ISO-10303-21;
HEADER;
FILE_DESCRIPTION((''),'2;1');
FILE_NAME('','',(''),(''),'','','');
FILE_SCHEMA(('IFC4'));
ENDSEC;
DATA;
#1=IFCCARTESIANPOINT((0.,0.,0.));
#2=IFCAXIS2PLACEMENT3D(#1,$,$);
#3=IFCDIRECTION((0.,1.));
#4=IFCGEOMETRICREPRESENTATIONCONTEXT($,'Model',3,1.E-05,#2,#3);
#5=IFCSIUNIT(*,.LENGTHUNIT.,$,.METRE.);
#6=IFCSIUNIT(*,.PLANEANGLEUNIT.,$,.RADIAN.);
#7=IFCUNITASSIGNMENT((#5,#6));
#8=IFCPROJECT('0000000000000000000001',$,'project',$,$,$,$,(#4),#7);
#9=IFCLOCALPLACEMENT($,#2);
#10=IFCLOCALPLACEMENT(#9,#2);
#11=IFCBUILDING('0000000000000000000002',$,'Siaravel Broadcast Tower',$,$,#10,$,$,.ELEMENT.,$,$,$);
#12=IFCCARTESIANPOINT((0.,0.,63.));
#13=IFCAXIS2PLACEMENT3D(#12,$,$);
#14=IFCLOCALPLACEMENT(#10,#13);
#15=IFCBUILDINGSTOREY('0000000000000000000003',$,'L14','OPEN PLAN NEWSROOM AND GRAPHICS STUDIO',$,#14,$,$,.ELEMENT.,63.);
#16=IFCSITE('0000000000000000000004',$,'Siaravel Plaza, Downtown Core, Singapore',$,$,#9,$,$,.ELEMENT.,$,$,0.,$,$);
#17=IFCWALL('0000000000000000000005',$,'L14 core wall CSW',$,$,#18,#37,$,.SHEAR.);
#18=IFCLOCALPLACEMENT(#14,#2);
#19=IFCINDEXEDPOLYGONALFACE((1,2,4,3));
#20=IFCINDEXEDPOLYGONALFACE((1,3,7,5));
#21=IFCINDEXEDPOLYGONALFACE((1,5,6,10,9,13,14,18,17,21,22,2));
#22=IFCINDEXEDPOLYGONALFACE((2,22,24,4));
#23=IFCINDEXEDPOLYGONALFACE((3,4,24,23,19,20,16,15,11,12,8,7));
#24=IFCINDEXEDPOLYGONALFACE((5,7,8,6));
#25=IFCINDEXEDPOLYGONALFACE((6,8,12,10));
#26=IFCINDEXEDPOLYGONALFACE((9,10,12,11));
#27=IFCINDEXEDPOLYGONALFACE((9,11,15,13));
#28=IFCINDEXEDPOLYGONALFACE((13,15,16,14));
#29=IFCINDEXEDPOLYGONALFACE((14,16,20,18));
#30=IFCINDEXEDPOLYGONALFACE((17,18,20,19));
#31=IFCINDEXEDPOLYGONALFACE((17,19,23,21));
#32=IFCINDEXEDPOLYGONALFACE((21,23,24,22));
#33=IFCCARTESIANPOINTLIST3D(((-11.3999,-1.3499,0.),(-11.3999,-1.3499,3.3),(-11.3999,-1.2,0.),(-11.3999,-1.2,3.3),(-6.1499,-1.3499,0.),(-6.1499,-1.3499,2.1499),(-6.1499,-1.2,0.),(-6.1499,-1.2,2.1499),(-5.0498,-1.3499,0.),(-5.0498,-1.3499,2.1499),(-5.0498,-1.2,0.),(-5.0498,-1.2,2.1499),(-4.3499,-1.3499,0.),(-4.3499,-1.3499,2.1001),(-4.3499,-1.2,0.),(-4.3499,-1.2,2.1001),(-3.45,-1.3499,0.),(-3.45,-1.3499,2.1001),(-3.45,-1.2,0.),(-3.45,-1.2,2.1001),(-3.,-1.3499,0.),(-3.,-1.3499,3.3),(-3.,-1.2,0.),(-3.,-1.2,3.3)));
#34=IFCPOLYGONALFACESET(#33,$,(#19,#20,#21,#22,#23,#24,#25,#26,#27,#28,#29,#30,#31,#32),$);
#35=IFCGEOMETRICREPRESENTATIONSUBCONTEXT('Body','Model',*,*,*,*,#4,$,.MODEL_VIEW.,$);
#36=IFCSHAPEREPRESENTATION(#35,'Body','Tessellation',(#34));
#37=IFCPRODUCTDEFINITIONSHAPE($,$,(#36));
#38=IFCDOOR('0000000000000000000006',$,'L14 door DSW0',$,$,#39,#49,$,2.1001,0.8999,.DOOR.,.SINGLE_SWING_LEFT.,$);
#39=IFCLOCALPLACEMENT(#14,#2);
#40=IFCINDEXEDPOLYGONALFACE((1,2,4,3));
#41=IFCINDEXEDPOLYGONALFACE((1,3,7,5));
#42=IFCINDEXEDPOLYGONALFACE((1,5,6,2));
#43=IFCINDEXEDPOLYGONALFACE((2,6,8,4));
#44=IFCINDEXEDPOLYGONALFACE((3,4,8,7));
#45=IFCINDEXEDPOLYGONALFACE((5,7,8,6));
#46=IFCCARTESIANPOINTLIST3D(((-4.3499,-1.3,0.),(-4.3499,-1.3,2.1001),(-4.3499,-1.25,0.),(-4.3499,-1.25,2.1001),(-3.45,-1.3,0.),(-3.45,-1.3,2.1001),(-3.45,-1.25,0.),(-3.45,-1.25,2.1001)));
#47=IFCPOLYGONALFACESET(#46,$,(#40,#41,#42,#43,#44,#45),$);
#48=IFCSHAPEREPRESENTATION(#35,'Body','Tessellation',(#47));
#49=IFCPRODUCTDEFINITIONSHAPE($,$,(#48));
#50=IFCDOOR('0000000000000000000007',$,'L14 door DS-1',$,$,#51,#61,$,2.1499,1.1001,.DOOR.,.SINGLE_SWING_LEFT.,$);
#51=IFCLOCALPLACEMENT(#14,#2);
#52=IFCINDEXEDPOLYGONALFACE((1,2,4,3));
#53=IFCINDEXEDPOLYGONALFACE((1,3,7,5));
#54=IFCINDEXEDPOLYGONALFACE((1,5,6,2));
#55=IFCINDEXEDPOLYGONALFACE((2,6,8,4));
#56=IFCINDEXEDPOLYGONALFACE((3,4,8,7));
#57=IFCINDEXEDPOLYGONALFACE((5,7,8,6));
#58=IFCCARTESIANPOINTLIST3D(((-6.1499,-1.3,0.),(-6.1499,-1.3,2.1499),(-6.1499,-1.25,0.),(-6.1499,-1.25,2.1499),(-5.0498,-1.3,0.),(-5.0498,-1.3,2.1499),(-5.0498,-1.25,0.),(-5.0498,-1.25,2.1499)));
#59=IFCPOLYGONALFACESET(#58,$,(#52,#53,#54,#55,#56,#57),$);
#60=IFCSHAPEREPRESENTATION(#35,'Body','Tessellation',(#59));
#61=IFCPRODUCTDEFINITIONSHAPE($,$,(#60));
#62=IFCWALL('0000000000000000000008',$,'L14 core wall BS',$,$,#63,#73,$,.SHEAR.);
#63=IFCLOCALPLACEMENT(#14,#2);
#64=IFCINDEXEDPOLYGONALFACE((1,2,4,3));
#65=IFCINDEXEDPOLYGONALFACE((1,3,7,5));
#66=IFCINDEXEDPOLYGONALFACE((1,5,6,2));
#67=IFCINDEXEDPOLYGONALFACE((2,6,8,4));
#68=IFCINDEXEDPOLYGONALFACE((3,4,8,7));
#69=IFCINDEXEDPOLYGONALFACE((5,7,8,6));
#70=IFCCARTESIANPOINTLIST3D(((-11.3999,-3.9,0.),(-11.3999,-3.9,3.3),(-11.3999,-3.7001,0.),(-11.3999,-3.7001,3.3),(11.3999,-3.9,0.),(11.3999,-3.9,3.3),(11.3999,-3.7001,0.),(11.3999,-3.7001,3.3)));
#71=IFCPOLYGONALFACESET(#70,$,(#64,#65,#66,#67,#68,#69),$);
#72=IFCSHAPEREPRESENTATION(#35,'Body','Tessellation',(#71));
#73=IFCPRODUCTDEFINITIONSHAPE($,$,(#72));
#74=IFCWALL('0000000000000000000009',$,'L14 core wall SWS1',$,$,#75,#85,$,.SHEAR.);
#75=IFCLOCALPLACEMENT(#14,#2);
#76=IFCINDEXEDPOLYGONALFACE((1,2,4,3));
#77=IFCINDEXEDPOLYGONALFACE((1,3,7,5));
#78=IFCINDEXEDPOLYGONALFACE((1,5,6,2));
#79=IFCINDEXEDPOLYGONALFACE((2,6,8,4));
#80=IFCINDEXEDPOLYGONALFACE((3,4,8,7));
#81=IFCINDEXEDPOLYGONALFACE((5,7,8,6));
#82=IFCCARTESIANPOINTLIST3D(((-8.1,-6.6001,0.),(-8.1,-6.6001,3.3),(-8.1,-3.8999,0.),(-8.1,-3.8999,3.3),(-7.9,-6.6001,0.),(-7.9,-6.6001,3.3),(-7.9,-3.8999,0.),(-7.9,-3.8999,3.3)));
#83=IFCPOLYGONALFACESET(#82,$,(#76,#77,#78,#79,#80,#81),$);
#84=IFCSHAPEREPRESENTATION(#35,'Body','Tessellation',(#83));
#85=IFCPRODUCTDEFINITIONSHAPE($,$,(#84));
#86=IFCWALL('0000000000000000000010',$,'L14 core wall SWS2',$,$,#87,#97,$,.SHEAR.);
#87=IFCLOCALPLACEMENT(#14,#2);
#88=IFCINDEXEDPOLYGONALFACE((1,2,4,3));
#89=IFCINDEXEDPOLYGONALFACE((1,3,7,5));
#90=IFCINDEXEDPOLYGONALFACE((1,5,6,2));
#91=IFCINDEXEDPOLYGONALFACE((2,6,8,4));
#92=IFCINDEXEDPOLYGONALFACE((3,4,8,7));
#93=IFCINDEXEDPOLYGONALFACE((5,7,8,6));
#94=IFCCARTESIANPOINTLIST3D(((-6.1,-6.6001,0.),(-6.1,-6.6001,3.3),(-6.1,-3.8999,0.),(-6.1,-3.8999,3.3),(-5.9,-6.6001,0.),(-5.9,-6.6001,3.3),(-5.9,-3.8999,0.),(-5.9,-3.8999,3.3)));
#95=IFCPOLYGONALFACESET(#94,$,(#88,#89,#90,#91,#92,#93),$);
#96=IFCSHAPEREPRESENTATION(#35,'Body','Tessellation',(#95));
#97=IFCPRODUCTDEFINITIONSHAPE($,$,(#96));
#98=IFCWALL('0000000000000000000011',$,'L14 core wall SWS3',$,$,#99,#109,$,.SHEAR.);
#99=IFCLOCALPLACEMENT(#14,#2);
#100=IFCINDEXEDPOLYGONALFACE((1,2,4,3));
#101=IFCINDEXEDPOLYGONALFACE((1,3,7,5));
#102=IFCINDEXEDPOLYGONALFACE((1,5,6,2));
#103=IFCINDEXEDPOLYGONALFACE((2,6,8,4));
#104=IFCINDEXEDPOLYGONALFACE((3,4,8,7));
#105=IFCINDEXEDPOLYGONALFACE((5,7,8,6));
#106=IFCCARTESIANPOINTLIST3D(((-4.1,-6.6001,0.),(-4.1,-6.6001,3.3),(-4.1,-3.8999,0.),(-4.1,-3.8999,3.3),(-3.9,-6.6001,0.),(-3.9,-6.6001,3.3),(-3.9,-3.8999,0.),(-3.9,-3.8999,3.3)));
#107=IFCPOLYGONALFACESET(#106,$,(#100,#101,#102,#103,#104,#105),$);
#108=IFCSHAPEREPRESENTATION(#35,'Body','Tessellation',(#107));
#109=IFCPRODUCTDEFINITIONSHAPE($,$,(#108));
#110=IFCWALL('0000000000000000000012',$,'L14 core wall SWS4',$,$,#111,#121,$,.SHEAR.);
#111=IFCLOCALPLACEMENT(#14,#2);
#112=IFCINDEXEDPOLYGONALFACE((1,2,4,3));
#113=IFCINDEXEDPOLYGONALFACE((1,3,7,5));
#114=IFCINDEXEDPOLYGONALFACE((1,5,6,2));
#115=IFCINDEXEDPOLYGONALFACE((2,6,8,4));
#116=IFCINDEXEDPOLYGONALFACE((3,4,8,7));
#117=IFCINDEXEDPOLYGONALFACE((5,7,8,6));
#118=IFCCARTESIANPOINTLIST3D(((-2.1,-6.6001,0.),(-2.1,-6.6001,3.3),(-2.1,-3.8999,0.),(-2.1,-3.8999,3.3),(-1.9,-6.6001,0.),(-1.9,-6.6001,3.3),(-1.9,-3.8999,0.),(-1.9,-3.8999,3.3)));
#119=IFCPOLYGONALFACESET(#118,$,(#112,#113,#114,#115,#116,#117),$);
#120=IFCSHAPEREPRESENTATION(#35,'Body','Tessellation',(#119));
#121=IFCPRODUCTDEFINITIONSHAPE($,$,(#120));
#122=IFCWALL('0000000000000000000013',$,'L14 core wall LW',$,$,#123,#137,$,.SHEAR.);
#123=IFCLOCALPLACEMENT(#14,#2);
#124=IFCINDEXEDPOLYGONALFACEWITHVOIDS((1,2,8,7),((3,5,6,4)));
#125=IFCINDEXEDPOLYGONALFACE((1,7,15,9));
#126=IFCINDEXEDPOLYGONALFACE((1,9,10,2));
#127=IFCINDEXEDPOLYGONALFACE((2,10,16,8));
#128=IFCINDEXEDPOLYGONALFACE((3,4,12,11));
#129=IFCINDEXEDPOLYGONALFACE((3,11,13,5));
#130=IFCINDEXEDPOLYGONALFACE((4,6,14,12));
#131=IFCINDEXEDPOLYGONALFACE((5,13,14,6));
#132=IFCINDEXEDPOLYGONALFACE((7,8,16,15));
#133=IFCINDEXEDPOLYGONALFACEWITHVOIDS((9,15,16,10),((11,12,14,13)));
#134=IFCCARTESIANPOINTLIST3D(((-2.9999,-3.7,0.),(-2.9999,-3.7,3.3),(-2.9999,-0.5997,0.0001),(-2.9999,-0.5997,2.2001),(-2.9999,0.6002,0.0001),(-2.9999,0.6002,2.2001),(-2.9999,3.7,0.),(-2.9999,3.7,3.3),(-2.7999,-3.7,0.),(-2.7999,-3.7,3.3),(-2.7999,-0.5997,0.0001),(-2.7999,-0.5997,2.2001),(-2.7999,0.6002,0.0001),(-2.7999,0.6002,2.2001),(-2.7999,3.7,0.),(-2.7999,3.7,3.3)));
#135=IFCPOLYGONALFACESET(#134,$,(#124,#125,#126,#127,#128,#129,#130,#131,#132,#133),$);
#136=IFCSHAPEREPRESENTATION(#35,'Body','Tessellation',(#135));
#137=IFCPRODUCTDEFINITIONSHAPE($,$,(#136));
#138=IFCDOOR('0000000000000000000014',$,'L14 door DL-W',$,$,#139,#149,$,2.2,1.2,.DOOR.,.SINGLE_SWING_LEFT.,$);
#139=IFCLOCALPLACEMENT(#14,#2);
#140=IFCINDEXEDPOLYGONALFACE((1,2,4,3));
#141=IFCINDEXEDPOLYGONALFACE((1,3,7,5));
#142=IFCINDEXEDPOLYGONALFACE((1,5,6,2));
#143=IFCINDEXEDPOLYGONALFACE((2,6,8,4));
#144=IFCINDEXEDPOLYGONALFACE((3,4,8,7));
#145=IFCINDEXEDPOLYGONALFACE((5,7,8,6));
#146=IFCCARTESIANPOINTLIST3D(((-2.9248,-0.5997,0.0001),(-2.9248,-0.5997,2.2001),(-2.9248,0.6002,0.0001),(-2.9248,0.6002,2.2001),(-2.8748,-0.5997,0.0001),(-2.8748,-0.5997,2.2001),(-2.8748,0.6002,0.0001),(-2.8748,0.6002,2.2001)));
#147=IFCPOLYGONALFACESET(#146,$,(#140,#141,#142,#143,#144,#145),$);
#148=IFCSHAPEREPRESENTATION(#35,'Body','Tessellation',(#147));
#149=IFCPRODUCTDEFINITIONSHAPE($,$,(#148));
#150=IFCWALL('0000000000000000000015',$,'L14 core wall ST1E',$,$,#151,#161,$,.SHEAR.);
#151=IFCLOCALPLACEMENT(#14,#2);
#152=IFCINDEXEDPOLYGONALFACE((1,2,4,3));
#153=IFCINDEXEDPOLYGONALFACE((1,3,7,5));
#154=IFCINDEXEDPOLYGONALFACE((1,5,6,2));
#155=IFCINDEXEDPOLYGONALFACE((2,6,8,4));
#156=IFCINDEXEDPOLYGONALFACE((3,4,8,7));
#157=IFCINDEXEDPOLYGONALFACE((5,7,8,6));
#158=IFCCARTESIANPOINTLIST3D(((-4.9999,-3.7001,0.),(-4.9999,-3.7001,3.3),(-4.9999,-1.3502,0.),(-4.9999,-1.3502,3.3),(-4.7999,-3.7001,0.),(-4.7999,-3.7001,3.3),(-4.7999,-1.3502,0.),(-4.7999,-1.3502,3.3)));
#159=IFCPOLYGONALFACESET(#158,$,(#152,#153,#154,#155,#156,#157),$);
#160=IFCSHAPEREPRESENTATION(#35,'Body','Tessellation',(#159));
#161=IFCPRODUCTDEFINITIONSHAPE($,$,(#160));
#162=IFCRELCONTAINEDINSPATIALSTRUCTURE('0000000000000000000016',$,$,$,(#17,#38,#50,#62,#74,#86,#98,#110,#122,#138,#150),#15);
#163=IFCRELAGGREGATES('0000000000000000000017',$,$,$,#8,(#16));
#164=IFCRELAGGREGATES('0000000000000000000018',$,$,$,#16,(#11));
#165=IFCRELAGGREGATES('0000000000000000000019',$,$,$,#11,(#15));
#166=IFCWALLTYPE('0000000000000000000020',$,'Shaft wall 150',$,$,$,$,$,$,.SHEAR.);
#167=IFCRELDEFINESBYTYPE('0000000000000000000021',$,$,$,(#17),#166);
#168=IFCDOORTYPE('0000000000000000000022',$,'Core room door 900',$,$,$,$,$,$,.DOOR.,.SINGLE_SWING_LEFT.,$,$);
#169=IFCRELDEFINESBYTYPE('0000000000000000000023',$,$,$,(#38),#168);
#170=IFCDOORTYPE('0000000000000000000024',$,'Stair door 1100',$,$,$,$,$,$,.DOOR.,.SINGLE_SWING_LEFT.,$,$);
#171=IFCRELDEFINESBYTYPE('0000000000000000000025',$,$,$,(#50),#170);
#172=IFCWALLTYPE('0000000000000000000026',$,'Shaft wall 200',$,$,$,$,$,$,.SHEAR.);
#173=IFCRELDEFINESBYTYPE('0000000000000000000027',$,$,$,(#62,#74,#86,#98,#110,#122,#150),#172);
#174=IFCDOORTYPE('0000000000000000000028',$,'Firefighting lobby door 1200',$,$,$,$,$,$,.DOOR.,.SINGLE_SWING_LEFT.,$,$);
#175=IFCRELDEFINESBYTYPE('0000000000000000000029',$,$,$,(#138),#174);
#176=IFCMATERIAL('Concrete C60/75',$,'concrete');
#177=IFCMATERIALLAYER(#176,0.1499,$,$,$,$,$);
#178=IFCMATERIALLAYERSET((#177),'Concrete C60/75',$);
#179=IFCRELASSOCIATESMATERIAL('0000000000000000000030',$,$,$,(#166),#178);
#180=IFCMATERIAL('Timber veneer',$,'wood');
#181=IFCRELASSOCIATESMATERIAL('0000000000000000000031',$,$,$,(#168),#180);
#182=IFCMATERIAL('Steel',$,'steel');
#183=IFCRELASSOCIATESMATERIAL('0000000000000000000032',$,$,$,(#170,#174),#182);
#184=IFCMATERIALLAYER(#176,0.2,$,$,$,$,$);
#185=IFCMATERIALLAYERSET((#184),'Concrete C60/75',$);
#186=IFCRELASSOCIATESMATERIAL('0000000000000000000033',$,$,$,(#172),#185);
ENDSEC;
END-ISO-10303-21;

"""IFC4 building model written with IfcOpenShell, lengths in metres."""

from ifc_helpers import new_model, si_unit, direction, frame, frame_2d, origin, place, context, subcontext, project, spatial, rectangle, extrude, material, layer, layer_set, type_object, element, fill, save


model = new_model("IFC4")

# Units and contexts
model_context = context("Model", 3, precision=1e-05, world=origin(), true_north=direction((0.0, 1.0)))
body_context = subcontext(model_context, "Body", "Model", "MODEL_VIEW")
ifc_project = project(units=[si_unit("LENGTHUNIT", "METRE"), si_unit("PLANEANGLEUNIT", "RADIAN")], contexts=[model_context])

# Site, building, storey
site_placement = place(None, origin())
site = spatial("IfcSite", under=ifc_project, at=site_placement, Name="Siaravel Plaza, Downtown Core, Singapore", CompositionType="ELEMENT", RefElevation=0.0)
building_placement = place(site_placement, origin())
building = spatial("IfcBuilding", under=site, at=building_placement, Name="Siaravel Broadcast Tower", CompositionType="ELEMENT")
storey_placement = place(building_placement, frame((0.0, 0.0, 63.0)))
storey = spatial("IfcBuildingStorey", under=building, at=storey_placement, Name="L14", Description="OPEN PLAN NEWSROOM AND GRAPHICS STUDIO", CompositionType="ELEMENT", Elevation=63.0)

# Wall, openings, doors
ifc_material_1 = material(Name="Concrete C60/75", Category="concrete")
ifc_layer_1 = layer(ifc_material_1, 0.1499)
ifc_layer_set_1 = layer_set([ifc_layer_1], Name="Concrete C60/75")
wall_type_1 = type_object("IfcWallType", Name="Shaft wall 150", PredefinedType="SHEAR", material=ifc_layer_set_1)
wall_1_placement = place(storey_placement, frame((-11.3999, -1.2749, 0.0), z_axis=(0.0, 0.0, 1.0), x_axis=(1.0, 0.0, 0.0)))
wall_1 = element("IfcWall", 1, at=wall_1_placement, inside=storey, type_object=wall_type_1, Name="L14 core wall CSW", PredefinedType="SHEAR", context=body_context, shape_type="SweptSolid", body=[
    extrude(rectangle(XDim=8.3999, YDim=0.1499, at=frame_2d((4.2, 0.0))), origin(), (0.0, 0.0, 1.0), 3.3),
])
opening_1_placement = place(wall_1_placement, frame((5.25, 0.0, 0.0)))
opening_1 = element("IfcOpeningElement", 2, at=opening_1_placement, cuts=wall_1, PredefinedType="OPENING", context=body_context, shape_type="SweptSolid", body=[
    extrude(rectangle(XDim=1.1001, YDim=2.1499, at=frame_2d((0.55, 1.075))), frame((0.0, 0.085, 0.0), z_axis=(0.0, -1.0, 0.0), x_axis=(1.0, 0.0, 0.0)), (0.0, 0.0, 1.0), 0.1699),
])
opening_2_placement = place(wall_1_placement, frame((7.05, 0.0, 0.0)))
opening_2 = element("IfcOpeningElement", 3, at=opening_2_placement, cuts=wall_1, PredefinedType="OPENING", context=body_context, shape_type="SweptSolid", body=[
    extrude(rectangle(XDim=0.8999, YDim=2.1001, at=frame_2d((0.45, 1.05))), frame((0.0, 0.085, 0.0), z_axis=(0.0, -1.0, 0.0), x_axis=(1.0, 0.0, 0.0)), (0.0, 0.0, 1.0), 0.1699),
])
ifc_material_2 = material(Name="Timber veneer", Category="wood")
door_type_1 = type_object("IfcDoorType", Name="Core room door 900", OperationType="SINGLE_SWING_LEFT", PredefinedType="DOOR", material=ifc_material_2)
door_1_placement = place(opening_2_placement, origin())
door_1 = element("IfcDoor", 4, at=door_1_placement, inside=storey, type_object=door_type_1, Name="L14 door DSW0", OperationType="SINGLE_SWING_LEFT", OverallHeight=2.1001, OverallWidth=0.8999, PredefinedType="DOOR", context=body_context, shape_type="SweptSolid", body=[
    extrude(rectangle(XDim=0.8999, YDim=2.1001, at=frame_2d((0.45, 1.05))), frame((0.0, 0.0249, 0.0), z_axis=(0.0, -1.0, 0.0), x_axis=(1.0, 0.0, 0.0)), (0.0, 0.0, 1.0), 0.05),
])
fill(opening_2, door_1)
ifc_material_3 = material(Name="Steel", Category="steel")
door_type_2 = type_object("IfcDoorType", Name="Stair door 1100", OperationType="SINGLE_SWING_LEFT", PredefinedType="DOOR", material=ifc_material_3)
door_2_placement = place(opening_1_placement, origin())
door_2 = element("IfcDoor", 5, at=door_2_placement, inside=storey, type_object=door_type_2, Name="L14 door DS-1", OperationType="SINGLE_SWING_LEFT", OverallHeight=2.1499, OverallWidth=1.1001, PredefinedType="DOOR", context=body_context, shape_type="SweptSolid", body=[
    extrude(rectangle(XDim=1.1001, YDim=2.1499, at=frame_2d((0.55, 1.075))), frame((0.0, 0.0249, 0.0), z_axis=(0.0, -1.0, 0.0), x_axis=(1.0, 0.0, 0.0)), (0.0, 0.0, 1.0), 0.05),
])
fill(opening_1, door_2)

# Walls
ifc_layer_2 = layer(ifc_material_1, 0.2)
ifc_layer_set_2 = layer_set([ifc_layer_2], Name="Concrete C60/75")
wall_type_2 = type_object("IfcWallType", Name="Shaft wall 200", PredefinedType="SHEAR", material=ifc_layer_set_2)
wall_2_placement = place(storey_placement, frame((-11.3999, -3.8, 0.0), z_axis=(0.0, 0.0, 1.0), x_axis=(1.0, 0.0, 0.0)))
element("IfcWall", 6, at=wall_2_placement, inside=storey, type_object=wall_type_2, Name="L14 core wall BS", PredefinedType="SHEAR", context=body_context, shape_type="SweptSolid", body=[
    extrude(rectangle(XDim=22.7998, YDim=0.2, at=frame_2d((11.3999, 0.0))), origin(), (0.0, 0.0, 1.0), 3.3),
])
for number, where, z_axis, x_axis, name in (
    (7, (-8.0, -6.6001, 0.0), (0.0, 0.0, 1.0), (0.0, 1.0, 0.0), "L14 core wall SWS1"),
    (8, (-6.0, -6.6001, 0.0), (0.0, 0.0, 1.0), (0.0, 1.0, 0.0), "L14 core wall SWS2"),
    (9, (-4.0, -6.6001, 0.0), (0.0, 0.0, 1.0), (0.0, 1.0, 0.0), "L14 core wall SWS3"),
    (10, (-2.0, -6.6001, 0.0), (0.0, 0.0, 1.0), (0.0, 1.0, 0.0), "L14 core wall SWS4"),
):
    element("IfcWall", number, at=place(storey_placement, frame(where, z_axis=z_axis, x_axis=x_axis)), inside=storey, type_object=wall_type_2, Name=name, PredefinedType="SHEAR", context=body_context, shape_type="SweptSolid", body=[
        extrude(rectangle(XDim=2.7002, YDim=0.2, at=frame_2d((1.3501, 0.0))), origin(), (0.0, 0.0, 1.0), 3.3),
    ])

# Wall, opening, door
wall_3_placement = place(storey_placement, frame((-2.8999, -3.7, 0.0), z_axis=(0.0, 0.0, 1.0), x_axis=(0.0, 1.0, 0.0)))
wall_3 = element("IfcWall", 11, at=wall_3_placement, inside=storey, type_object=wall_type_2, Name="L14 core wall LW", PredefinedType="SHEAR", context=body_context, shape_type="SweptSolid", body=[
    extrude(rectangle(XDim=7.3999, YDim=0.2, at=frame_2d((3.7, 0.0))), origin(), (0.0, 0.0, 1.0), 3.3),
])
opening_3_placement = place(wall_3_placement, frame((3.1001, 0.0, 0.0)))
opening_3 = element("IfcOpeningElement", 12, at=opening_3_placement, cuts=wall_3, PredefinedType="OPENING", context=body_context, shape_type="SweptSolid", body=[
    extrude(rectangle(XDim=1.2, YDim=2.2, at=frame_2d((0.6001, 1.1001))), frame((0.0, 0.1099, 0.0), z_axis=(0.0, -1.0, 0.0), x_axis=(1.0, 0.0, 0.0)), (0.0, 0.0, 1.0), 0.22),
])
door_type_3 = type_object("IfcDoorType", Name="Firefighting lobby door 1200", OperationType="SINGLE_SWING_LEFT", PredefinedType="DOOR", material=ifc_material_3)
door_3_placement = place(opening_3_placement, origin())
door_3 = element("IfcDoor", 13, at=door_3_placement, inside=storey, type_object=door_type_3, Name="L14 door DL-W", OperationType="SINGLE_SWING_LEFT", OverallHeight=2.2, OverallWidth=1.2, PredefinedType="DOOR", context=body_context, shape_type="SweptSolid", body=[
    extrude(rectangle(XDim=1.2, YDim=2.2, at=frame_2d((0.6001, 1.1001))), frame((0.0, 0.0249, 0.0), z_axis=(0.0, -1.0, 0.0), x_axis=(1.0, 0.0, 0.0)), (0.0, 0.0, 1.0), 0.05),
])
fill(opening_3, door_3)

# Wall
wall_4_placement = place(storey_placement, frame((-4.8999, -3.7, 0.0), z_axis=(0.0, 0.0, 1.0), x_axis=(0.0, 1.0, 0.0)))
element("IfcWall", 14, at=wall_4_placement, inside=storey, type_object=wall_type_2, Name="L14 core wall ST1E", PredefinedType="SHEAR", context=body_context, shape_type="SweptSolid", body=[
    extrude(rectangle(XDim=2.3499, YDim=0.2, at=frame_2d((1.1748, 0.0))), origin(), (0.0, 0.0, 1.0), 3.3),
])

save(model, "model.ifc")
